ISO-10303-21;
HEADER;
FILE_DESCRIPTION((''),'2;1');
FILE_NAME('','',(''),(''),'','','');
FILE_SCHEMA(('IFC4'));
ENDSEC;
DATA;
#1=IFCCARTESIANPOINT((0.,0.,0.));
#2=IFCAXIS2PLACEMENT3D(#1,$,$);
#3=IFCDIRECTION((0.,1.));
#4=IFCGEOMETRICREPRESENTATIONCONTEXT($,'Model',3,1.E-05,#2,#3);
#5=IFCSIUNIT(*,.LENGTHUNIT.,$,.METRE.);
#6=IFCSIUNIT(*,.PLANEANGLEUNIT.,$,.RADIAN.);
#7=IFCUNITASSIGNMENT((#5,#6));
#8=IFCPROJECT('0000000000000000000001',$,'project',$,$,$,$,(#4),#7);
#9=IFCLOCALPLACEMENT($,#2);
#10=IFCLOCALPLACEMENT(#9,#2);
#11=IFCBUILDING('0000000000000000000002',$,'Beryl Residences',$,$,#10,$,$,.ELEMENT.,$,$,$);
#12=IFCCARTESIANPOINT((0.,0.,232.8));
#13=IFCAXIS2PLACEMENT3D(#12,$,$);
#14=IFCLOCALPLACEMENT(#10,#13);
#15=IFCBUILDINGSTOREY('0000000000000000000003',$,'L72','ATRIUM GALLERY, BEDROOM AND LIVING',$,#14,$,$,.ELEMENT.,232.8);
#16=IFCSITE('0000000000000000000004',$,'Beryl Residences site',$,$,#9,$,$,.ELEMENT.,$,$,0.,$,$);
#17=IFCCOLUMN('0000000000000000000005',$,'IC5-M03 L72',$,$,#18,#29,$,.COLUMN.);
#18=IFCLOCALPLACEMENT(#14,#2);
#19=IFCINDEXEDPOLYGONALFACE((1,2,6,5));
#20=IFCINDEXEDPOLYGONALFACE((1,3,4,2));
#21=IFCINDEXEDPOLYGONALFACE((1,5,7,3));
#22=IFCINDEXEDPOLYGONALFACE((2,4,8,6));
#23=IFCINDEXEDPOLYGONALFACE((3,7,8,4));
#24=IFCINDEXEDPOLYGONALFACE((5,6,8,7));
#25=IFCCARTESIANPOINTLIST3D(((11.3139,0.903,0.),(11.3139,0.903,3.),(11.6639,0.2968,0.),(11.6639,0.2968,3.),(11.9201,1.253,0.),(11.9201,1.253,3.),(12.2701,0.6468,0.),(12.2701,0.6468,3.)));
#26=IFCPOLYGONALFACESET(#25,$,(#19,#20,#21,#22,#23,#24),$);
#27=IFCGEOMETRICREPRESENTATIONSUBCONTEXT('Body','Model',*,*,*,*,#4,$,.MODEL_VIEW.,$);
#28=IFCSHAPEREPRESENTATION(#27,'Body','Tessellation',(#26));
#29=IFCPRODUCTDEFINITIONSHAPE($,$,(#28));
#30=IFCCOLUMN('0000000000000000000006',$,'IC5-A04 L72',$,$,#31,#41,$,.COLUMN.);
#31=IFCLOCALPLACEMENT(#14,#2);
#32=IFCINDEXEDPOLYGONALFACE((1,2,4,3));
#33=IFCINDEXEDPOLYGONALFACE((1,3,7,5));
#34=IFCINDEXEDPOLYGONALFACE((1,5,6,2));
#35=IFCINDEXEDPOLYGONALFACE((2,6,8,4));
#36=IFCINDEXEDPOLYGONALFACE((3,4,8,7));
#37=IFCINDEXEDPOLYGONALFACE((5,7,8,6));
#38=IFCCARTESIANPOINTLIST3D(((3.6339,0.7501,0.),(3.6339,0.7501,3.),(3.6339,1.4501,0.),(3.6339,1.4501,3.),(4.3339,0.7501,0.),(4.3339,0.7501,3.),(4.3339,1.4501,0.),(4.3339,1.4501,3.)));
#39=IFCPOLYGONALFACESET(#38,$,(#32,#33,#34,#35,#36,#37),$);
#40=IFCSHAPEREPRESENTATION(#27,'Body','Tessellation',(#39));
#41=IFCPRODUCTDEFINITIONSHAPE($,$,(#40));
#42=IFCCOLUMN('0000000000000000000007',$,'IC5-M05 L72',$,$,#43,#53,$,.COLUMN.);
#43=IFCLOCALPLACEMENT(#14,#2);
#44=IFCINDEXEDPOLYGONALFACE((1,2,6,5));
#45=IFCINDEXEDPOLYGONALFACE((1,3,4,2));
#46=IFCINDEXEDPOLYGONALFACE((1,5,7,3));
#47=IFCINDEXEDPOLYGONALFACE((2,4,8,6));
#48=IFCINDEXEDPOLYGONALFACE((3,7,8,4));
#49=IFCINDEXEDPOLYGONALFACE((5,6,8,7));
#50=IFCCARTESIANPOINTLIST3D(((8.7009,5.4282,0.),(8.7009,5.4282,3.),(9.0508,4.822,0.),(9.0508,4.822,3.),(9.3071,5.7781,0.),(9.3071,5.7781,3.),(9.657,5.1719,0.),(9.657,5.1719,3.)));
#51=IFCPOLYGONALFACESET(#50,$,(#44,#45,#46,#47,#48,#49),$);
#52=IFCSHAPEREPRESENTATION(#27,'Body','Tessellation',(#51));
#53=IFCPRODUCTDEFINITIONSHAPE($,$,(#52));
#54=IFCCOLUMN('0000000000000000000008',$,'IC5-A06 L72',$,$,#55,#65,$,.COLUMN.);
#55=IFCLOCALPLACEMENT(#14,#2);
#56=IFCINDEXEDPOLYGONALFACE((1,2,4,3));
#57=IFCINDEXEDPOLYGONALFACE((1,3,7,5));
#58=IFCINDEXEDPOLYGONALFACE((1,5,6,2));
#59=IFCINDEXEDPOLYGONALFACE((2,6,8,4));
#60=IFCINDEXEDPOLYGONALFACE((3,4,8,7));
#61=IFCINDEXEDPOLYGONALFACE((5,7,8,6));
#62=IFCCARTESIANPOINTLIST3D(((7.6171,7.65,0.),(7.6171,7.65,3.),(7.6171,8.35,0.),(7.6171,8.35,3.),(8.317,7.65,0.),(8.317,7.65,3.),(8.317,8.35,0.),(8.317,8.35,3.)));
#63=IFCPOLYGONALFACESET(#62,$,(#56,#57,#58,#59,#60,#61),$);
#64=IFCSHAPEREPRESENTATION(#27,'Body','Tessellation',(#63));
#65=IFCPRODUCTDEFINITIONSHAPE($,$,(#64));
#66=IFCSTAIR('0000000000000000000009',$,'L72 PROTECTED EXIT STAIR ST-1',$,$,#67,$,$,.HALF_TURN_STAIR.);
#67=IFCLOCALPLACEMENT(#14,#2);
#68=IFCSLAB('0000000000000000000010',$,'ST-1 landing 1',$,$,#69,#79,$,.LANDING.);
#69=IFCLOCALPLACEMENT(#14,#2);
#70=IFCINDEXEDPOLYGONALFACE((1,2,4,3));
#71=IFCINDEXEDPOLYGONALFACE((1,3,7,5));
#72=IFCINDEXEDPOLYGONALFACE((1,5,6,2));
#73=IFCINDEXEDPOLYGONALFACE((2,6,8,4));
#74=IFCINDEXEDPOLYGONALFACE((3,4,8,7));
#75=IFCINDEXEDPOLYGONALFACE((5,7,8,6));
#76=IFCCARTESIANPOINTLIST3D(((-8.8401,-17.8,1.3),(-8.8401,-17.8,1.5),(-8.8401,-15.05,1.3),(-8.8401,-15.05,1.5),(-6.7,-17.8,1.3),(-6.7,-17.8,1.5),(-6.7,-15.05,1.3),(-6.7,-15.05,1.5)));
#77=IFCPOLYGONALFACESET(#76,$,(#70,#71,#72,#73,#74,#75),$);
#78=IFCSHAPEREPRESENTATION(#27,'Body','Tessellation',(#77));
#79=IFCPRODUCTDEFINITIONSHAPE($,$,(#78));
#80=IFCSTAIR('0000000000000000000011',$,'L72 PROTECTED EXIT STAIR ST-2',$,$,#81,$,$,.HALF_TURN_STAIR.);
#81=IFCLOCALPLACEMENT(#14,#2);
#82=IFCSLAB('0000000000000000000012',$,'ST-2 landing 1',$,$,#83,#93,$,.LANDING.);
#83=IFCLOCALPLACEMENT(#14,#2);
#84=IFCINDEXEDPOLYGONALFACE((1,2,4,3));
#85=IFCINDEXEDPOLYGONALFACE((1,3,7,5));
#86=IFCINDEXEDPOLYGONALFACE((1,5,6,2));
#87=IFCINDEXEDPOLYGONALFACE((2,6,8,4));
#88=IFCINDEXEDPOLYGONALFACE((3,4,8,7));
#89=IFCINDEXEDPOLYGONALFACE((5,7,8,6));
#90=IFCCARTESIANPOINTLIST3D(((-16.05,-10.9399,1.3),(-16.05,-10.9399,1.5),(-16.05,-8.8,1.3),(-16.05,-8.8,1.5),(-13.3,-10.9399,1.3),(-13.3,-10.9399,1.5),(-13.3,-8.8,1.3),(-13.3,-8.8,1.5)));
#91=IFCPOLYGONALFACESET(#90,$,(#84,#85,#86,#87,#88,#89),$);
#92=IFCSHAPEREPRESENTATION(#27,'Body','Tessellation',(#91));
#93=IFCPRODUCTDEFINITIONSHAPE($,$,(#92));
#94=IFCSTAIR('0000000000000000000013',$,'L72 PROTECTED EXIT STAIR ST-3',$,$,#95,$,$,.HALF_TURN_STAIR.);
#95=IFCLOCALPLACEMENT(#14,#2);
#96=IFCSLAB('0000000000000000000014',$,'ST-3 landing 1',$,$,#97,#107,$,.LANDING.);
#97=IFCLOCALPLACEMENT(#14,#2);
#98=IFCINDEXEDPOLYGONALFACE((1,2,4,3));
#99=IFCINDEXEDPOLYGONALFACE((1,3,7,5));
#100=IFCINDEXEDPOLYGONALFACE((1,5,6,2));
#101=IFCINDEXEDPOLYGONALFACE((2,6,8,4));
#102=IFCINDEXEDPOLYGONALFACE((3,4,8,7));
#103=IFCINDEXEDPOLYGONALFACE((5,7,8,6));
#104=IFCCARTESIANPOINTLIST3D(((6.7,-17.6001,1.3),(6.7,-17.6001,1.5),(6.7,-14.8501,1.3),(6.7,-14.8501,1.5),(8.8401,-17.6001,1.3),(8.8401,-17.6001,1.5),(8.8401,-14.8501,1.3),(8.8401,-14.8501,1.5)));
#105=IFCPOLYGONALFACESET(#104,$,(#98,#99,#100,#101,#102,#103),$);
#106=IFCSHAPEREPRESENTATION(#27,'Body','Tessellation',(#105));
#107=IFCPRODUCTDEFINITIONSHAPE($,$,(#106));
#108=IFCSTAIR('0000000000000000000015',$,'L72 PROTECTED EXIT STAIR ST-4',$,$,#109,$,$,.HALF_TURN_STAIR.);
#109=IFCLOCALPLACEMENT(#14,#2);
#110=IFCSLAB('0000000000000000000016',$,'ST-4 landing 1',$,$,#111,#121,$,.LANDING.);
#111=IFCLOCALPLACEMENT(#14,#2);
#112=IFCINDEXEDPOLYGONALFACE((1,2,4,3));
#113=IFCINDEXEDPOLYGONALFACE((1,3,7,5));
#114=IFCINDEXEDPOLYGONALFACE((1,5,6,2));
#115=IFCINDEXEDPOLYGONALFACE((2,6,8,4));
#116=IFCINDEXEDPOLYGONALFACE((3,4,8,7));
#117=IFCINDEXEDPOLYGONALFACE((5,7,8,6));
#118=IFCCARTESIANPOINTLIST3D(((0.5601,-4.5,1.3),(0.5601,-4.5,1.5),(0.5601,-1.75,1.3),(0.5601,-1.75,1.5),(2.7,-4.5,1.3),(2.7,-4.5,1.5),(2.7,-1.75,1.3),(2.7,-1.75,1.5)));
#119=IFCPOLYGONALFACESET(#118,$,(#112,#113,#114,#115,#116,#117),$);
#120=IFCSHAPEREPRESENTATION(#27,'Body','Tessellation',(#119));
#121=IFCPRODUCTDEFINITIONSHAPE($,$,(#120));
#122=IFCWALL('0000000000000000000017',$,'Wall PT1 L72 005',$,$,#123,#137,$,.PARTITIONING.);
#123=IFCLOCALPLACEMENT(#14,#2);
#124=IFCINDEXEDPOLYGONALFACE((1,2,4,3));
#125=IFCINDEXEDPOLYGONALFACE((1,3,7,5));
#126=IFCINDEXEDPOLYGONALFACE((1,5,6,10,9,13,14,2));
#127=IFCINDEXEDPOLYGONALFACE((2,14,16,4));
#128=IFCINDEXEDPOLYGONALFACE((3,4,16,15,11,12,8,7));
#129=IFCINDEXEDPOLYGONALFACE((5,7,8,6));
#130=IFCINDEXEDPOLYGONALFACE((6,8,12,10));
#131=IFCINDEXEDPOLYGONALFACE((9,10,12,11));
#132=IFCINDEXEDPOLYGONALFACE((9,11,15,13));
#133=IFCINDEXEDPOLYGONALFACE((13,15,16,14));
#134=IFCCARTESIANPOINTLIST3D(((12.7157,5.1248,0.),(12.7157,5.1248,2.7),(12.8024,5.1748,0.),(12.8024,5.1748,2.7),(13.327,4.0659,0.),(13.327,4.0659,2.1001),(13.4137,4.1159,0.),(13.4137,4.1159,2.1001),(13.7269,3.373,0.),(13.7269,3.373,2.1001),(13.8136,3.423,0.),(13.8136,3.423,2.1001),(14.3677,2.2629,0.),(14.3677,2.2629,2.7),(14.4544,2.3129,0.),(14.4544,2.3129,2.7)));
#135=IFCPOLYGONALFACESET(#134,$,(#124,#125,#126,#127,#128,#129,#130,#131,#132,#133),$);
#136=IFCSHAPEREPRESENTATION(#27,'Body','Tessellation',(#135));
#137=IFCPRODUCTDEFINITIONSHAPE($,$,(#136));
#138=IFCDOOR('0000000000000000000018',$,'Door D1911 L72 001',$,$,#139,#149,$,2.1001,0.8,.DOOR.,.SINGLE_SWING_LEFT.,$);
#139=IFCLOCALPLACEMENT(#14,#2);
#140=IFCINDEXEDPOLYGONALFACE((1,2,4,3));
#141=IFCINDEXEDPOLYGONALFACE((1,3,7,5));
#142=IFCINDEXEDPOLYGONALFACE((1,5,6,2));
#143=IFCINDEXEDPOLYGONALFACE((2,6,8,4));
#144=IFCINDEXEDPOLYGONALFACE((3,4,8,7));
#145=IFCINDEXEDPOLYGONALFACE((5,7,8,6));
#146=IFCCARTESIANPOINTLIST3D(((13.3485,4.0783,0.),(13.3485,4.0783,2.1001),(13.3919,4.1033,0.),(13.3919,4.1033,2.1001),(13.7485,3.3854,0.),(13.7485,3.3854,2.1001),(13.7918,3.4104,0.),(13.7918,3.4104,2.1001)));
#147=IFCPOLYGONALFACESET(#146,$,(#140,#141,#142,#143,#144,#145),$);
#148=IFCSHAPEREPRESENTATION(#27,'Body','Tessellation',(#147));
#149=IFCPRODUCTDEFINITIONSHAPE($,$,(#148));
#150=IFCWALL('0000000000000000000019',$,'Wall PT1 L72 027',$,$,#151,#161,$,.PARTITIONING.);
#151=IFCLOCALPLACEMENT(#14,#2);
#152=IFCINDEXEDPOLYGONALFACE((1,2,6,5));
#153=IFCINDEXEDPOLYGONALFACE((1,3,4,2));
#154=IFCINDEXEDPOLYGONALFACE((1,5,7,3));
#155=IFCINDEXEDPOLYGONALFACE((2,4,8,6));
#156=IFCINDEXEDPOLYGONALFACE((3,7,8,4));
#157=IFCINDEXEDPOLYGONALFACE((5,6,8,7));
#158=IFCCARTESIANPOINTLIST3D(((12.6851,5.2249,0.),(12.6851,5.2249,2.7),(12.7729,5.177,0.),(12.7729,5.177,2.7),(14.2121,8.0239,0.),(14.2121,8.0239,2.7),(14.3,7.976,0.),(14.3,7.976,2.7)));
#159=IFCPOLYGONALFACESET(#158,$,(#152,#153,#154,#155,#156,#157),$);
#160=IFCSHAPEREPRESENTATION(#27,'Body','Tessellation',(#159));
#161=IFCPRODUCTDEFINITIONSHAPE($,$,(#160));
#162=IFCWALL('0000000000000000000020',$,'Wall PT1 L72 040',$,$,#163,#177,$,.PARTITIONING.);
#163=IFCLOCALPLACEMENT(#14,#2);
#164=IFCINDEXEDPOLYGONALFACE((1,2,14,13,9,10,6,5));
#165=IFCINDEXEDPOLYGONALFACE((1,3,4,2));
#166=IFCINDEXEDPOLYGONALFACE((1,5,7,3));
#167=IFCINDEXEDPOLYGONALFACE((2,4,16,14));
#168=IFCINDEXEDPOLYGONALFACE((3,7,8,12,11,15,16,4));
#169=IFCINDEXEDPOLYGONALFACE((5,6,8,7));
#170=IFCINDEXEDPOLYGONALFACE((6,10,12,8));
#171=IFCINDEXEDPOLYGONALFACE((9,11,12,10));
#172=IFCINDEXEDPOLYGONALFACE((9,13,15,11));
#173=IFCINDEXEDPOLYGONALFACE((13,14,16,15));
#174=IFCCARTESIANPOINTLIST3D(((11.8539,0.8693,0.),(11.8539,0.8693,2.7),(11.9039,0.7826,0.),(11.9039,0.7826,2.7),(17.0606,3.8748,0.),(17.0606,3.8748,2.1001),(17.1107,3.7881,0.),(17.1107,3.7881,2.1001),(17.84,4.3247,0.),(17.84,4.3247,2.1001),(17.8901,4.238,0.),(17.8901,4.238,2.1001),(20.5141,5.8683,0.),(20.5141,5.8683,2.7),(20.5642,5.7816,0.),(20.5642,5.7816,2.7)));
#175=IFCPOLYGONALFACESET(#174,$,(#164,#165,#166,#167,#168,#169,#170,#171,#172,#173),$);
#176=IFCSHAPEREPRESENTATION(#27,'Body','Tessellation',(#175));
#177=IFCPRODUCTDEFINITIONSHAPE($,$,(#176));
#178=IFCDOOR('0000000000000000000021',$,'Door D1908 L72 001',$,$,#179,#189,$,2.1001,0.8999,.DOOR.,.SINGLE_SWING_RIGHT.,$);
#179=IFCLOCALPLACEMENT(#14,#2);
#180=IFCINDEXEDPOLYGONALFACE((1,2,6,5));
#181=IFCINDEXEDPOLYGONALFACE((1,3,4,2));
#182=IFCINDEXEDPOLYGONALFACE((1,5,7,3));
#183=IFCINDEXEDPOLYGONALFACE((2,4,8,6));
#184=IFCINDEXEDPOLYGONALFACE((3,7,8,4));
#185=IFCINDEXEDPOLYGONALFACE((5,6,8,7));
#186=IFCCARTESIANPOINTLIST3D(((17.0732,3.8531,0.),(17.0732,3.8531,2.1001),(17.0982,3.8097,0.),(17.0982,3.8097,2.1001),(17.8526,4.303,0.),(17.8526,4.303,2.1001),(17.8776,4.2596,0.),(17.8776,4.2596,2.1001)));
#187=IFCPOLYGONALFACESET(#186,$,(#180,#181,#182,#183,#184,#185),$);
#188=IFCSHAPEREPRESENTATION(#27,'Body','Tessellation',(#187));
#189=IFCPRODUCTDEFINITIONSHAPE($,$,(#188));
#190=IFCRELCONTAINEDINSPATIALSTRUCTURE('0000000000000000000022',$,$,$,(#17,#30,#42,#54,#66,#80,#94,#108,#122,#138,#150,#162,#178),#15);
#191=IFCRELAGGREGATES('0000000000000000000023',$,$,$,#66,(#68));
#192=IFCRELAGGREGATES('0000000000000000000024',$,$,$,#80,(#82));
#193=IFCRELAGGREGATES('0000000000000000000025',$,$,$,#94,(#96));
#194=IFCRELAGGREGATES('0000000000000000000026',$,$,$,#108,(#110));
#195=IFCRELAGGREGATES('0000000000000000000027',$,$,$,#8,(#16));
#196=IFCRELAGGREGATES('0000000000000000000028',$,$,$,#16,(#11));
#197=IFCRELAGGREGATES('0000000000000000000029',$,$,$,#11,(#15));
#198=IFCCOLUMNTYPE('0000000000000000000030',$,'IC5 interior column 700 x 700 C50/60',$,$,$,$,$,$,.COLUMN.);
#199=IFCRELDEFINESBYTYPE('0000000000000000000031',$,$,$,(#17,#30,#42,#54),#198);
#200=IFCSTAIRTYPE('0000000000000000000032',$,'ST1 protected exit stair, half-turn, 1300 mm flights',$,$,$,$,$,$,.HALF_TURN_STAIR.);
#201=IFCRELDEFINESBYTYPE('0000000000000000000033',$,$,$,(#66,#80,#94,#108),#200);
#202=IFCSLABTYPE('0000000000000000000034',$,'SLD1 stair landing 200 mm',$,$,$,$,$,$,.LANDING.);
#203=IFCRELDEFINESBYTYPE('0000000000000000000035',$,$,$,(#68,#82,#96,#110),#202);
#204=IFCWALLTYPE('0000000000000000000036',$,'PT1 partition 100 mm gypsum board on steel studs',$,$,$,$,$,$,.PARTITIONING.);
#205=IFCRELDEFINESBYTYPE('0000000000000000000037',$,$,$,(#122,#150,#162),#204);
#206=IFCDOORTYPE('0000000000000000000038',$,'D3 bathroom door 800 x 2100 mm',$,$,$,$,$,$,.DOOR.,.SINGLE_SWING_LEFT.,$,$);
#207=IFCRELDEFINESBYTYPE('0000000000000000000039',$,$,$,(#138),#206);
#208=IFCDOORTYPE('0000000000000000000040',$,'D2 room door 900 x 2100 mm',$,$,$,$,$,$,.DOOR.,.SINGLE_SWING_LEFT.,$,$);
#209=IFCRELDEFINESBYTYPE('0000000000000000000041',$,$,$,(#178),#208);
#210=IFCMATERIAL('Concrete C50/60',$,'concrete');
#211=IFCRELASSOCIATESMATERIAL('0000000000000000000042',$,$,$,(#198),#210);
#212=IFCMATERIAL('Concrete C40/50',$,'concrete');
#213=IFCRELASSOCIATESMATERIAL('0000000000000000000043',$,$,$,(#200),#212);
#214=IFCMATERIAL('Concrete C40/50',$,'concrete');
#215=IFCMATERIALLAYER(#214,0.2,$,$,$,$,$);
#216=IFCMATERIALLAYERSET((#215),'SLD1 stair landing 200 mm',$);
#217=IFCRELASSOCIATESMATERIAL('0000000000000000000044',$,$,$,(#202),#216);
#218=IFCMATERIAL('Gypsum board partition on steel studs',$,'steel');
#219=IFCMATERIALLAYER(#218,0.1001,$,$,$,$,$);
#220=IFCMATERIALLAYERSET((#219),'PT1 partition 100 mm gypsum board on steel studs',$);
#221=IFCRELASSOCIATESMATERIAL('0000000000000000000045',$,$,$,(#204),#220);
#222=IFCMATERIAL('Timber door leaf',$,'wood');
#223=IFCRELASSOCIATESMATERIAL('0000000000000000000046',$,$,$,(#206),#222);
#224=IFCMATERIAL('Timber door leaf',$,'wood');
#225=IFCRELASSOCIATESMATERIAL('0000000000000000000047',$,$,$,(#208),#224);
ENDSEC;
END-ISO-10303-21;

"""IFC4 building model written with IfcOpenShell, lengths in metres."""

from ifc_helpers import new_model, si_unit, direction, frame, frame_2d, origin, origin_2d, place, context, subcontext, project, spatial, polyline, rectangle, outline, extrude, material, layer, layer_set, material_profile, profile_set, type_object, element, fill, aggregate, save


model = new_model("IFC4")

# Units and contexts
model_context = context("Model", 3, precision=1e-05, world=origin(), true_north=direction((0.0, 1.0)))
body_context = subcontext(model_context, "Body", "Model", "MODEL_VIEW")
ifc_project = project(units=[si_unit("LENGTHUNIT", "METRE"), si_unit("PLANEANGLEUNIT", "RADIAN")], contexts=[model_context])

# Site, building, storey
site_placement = place(None, origin())
site = spatial("IfcSite", under=ifc_project, at=site_placement, Name="Beryl Residences site", CompositionType="ELEMENT", RefElevation=0.0)
building_placement = place(site_placement, origin())
building = spatial("IfcBuilding", under=site, at=building_placement, Name="Beryl Residences", CompositionType="ELEMENT")
storey_placement = place(building_placement, frame((0.0, 0.0, 232.8)))
storey = spatial("IfcBuildingStorey", under=building, at=storey_placement, Name="L72", Description="ATRIUM GALLERY, BEDROOM AND LIVING", CompositionType="ELEMENT", Elevation=232.8)

# Columns
ifc_material_1 = material(Name="Concrete C50/60", Category="concrete")
ifc_material_profile = material_profile(ifc_material_1, rectangle(XDim=0.7, YDim=0.7, at=origin_2d()))
ifc_profile_set = profile_set([ifc_material_profile], Name="Concrete C50/60")
column_type = type_object("IfcColumnType", Name="IC5 interior column 700 x 700 C50/60", PredefinedType="COLUMN", material=ifc_profile_set)
for number, where, z_axis, x_axis, name in (
    (1, (11.792, 0.7749, 0.0), (0.0, 0.0, 1.0), (-0.49997, 0.866043, 0.0), "IC5-M03 L72"),
    (2, (3.9839, 1.1001, 0.0), (0.0, 0.0, 1.0), (1.0, 0.0, 0.0), "IC5-A04 L72"),
    (3, (9.179, 5.3, 0.0), (0.0, 0.0, 1.0), (-0.49997, 0.866043, 0.0), "IC5-M05 L72"),
    (4, (7.967, 8.0, 0.0), (0.0, 0.0, 1.0), (1.0, 0.0, 0.0), "IC5-A06 L72"),
):
    element("IfcColumn", number, at=place(storey_placement, frame(where, z_axis=z_axis, x_axis=x_axis)), inside=storey, type_object=column_type, Name=name, PredefinedType="COLUMN", context=body_context, shape_type="SweptSolid", body=[
        extrude(rectangle(XDim=0.7, YDim=0.7, at=origin_2d()), origin(), (0.0, 0.0, 1.0), 3.0),
    ])

# Stairs, slabs
ifc_material_2 = material(Name="Concrete C40/50", Category="concrete")
stair_type = type_object("IfcStairType", Name="ST1 protected exit stair, half-turn, 1300 mm flights", PredefinedType="HALF_TURN_STAIR", material=ifc_material_2)
stair_1_placement = place(storey_placement, origin())
stair_1 = element("IfcStair", 5, at=stair_1_placement, inside=storey, type_object=stair_type, Name="L72 PROTECTED EXIT STAIR ST-1", PredefinedType="HALF_TURN_STAIR")
ifc_material_3 = material(Name="Concrete C40/50", Category="concrete")
ifc_layer_1 = layer(ifc_material_3, 0.2)
ifc_layer_set_1 = layer_set([ifc_layer_1], Name="SLD1 stair landing 200 mm")
slab_type_1 = type_object("IfcSlabType", Name="SLD1 stair landing 200 mm", PredefinedType="LANDING", material=ifc_layer_set_1)
slab_1_placement = place(storey_placement, frame((0.0, 0.0, 1.3)))
slab_1 = element("IfcSlab", 6, at=slab_1_placement, type_object=slab_type_1, Name="ST-1 landing 1", PredefinedType="LANDING", context=body_context, shape_type="SweptSolid", body=[
    extrude(outline(polyline([(-8.8401, -17.8), (-6.7, -17.8), (-6.7, -15.05), (-8.8401, -15.05), (-8.8401, -17.8)])), origin(), (0.0, 0.0, 1.0), 0.2),
])
aggregate(stair_1, [slab_1])
stair_2_placement = place(storey_placement, origin())
stair_2 = element("IfcStair", 7, at=stair_2_placement, inside=storey, type_object=stair_type, Name="L72 PROTECTED EXIT STAIR ST-2", PredefinedType="HALF_TURN_STAIR")
slab_2_placement = place(storey_placement, frame((0.0, 0.0, 1.3)))
slab_2 = element("IfcSlab", 8, at=slab_2_placement, type_object=slab_type_1, Name="ST-2 landing 1", PredefinedType="LANDING", context=body_context, shape_type="SweptSolid", body=[
    extrude(outline(polyline([(-13.3, -10.9399), (-13.3, -8.8), (-16.05, -8.8), (-16.05, -10.9399), (-13.3, -10.9399)])), origin(), (0.0, 0.0, 1.0), 0.2),
])
aggregate(stair_2, [slab_2])
stair_3_placement = place(storey_placement, origin())
stair_3 = element("IfcStair", 9, at=stair_3_placement, inside=storey, type_object=stair_type, Name="L72 PROTECTED EXIT STAIR ST-3", PredefinedType="HALF_TURN_STAIR")
slab_3_placement = place(storey_placement, frame((0.0, 0.0, 1.3)))
slab_3 = element("IfcSlab", 10, at=slab_3_placement, type_object=slab_type_1, Name="ST-3 landing 1", PredefinedType="LANDING", context=body_context, shape_type="SweptSolid", body=[
    extrude(outline(polyline([(8.8401, -14.8501), (6.7, -14.8501), (6.7, -17.6001), (8.8401, -17.6001), (8.8401, -14.8501)])), origin(), (0.0, 0.0, 1.0), 0.2),
])
aggregate(stair_3, [slab_3])
stair_4_placement = place(storey_placement, origin())
stair_4 = element("IfcStair", 11, at=stair_4_placement, inside=storey, type_object=stair_type, Name="L72 PROTECTED EXIT STAIR ST-4", PredefinedType="HALF_TURN_STAIR")
slab_4_placement = place(storey_placement, frame((0.0, 0.0, 1.3)))
slab_4 = element("IfcSlab", 12, at=slab_4_placement, type_object=slab_type_1, Name="ST-4 landing 1", PredefinedType="LANDING", context=body_context, shape_type="SweptSolid", body=[
    extrude(outline(polyline([(0.5601, -4.5), (2.7, -4.5), (2.7, -1.75), (0.5601, -1.75), (0.5601, -4.5)])), origin(), (0.0, 0.0, 1.0), 0.2),
])
aggregate(stair_4, [slab_4])

# Wall, opening, door
ifc_material_4 = material(Name="Gypsum board partition on steel studs", Category="steel")
ifc_layer_2 = layer(ifc_material_4, 0.1001)
ifc_layer_set_2 = layer_set([ifc_layer_2], Name="PT1 partition 100 mm gypsum board on steel studs")
wall_type_1 = type_object("IfcWallType", Name="PT1 partition 100 mm gypsum board on steel studs", PredefinedType="PARTITIONING", material=ifc_layer_set_2)
wall_1_placement = place(storey_placement, frame((12.759, 5.1499, 0.0), z_axis=(0.0, 0.0, 1.0), x_axis=(0.499906, -0.86608, 0.0)))
wall_1 = element("IfcWall", 13, at=wall_1_placement, inside=storey, type_object=wall_type_1, Name="Wall PT1 L72 005", PredefinedType="PARTITIONING", context=body_context, shape_type="SweptSolid", body=[
    extrude(rectangle(XDim=3.3044, YDim=0.1001, at=frame_2d((1.6523, 0.0))), origin(), (0.0, 0.0, 1.0), 2.7),
])
opening_1_placement = place(wall_1_placement, frame((1.2229, 0.0, 0.0)))
opening_1 = element("IfcOpeningElement", 14, at=opening_1_placement, cuts=wall_1, PredefinedType="OPENING", context=body_context, shape_type="SweptSolid", body=[
    extrude(rectangle(XDim=0.8, YDim=2.1001, at=frame_2d((0.3999, 1.05))), frame((0.0, 0.0601, 0.0), z_axis=(0.0, -1.0, 0.0), x_axis=(1.0, 0.0, 0.0)), (0.0, 0.0, 1.0), 0.1201),
])
ifc_material_5 = material(Name="Timber door leaf", Category="wood")
door_type_1 = type_object("IfcDoorType", Name="D3 bathroom door 800 x 2100 mm", OperationType="SINGLE_SWING_LEFT", PredefinedType="DOOR", material=ifc_material_5)
door_1_placement = place(opening_1_placement, origin())
door_1 = element("IfcDoor", 15, at=door_1_placement, inside=storey, type_object=door_type_1, Name="Door D1911 L72 001", OperationType="SINGLE_SWING_LEFT", OverallHeight=2.1001, OverallWidth=0.8, PredefinedType="DOOR", context=body_context, shape_type="SweptSolid", body=[
    extrude(rectangle(XDim=0.8, YDim=2.1001, at=frame_2d((0.3999, 1.05))), frame((0.0, 0.0249, 0.0), z_axis=(0.0, -1.0, 0.0), x_axis=(1.0, 0.0, 0.0)), (0.0, 0.0, 1.0), 0.05),
])
fill(opening_1, door_1)

# Wall
wall_2_placement = place(storey_placement, frame((12.729, 5.2009, 0.0), z_axis=(0.0, 0.0, 1.0), x_axis=(0.478933, 0.877852, 0.0)))
element("IfcWall", 16, at=wall_2_placement, inside=storey, type_object=wall_type_1, Name="Wall PT1 L72 027", PredefinedType="PARTITIONING", context=body_context, shape_type="SweptSolid", body=[
    extrude(rectangle(XDim=3.1885, YDim=0.1001, at=frame_2d((1.5942, 0.0))), origin(), (0.0, 0.0, 1.0), 2.7),
])

# Wall, opening, door
wall_3_placement = place(storey_placement, frame((11.8789, 0.8259, 0.0), z_axis=(0.0, 0.0, 1.0), x_axis=(0.866065, 0.499931, 0.0)))
wall_3 = element("IfcWall", 17, at=wall_3_placement, inside=storey, type_object=wall_type_1, Name="Wall PT1 L72 040", PredefinedType="PARTITIONING", context=body_context, shape_type="SweptSolid", body=[
    extrude(rectangle(XDim=9.9995, YDim=0.1001, at=frame_2d((4.9998, 0.0))), origin(), (0.0, 0.0, 1.0), 2.7),
])
opening_2_placement = place(wall_3_placement, frame((6.012, 0.0, 0.0)))
opening_2 = element("IfcOpeningElement", 18, at=opening_2_placement, cuts=wall_3, PredefinedType="OPENING", context=body_context, shape_type="SweptSolid", body=[
    extrude(rectangle(XDim=0.8999, YDim=2.1001, at=frame_2d((0.45, 1.05))), frame((0.0, 0.0601, 0.0), z_axis=(0.0, -1.0, 0.0), x_axis=(1.0, 0.0, 0.0)), (0.0, 0.0, 1.0), 0.1201),
])
ifc_material_6 = material(Name="Timber door leaf", Category="wood")
door_type_2 = type_object("IfcDoorType", Name="D2 room door 900 x 2100 mm", OperationType="SINGLE_SWING_LEFT", PredefinedType="DOOR", material=ifc_material_6)
door_2_placement = place(opening_2_placement, origin())
door_2 = element("IfcDoor", 19, at=door_2_placement, inside=storey, type_object=door_type_2, Name="Door D1908 L72 001", OperationType="SINGLE_SWING_RIGHT", OverallHeight=2.1001, OverallWidth=0.8999, PredefinedType="DOOR", context=body_context, shape_type="SweptSolid", body=[
    extrude(rectangle(XDim=0.8999, YDim=2.1001, at=frame_2d((0.45, 1.05))), frame((0.0, 0.0249, 0.0), z_axis=(0.0, -1.0, 0.0), x_axis=(1.0, 0.0, 0.0)), (0.0, 0.0, 1.0), 0.05),
])
fill(opening_2, door_2)

save(model, "model.ifc")
